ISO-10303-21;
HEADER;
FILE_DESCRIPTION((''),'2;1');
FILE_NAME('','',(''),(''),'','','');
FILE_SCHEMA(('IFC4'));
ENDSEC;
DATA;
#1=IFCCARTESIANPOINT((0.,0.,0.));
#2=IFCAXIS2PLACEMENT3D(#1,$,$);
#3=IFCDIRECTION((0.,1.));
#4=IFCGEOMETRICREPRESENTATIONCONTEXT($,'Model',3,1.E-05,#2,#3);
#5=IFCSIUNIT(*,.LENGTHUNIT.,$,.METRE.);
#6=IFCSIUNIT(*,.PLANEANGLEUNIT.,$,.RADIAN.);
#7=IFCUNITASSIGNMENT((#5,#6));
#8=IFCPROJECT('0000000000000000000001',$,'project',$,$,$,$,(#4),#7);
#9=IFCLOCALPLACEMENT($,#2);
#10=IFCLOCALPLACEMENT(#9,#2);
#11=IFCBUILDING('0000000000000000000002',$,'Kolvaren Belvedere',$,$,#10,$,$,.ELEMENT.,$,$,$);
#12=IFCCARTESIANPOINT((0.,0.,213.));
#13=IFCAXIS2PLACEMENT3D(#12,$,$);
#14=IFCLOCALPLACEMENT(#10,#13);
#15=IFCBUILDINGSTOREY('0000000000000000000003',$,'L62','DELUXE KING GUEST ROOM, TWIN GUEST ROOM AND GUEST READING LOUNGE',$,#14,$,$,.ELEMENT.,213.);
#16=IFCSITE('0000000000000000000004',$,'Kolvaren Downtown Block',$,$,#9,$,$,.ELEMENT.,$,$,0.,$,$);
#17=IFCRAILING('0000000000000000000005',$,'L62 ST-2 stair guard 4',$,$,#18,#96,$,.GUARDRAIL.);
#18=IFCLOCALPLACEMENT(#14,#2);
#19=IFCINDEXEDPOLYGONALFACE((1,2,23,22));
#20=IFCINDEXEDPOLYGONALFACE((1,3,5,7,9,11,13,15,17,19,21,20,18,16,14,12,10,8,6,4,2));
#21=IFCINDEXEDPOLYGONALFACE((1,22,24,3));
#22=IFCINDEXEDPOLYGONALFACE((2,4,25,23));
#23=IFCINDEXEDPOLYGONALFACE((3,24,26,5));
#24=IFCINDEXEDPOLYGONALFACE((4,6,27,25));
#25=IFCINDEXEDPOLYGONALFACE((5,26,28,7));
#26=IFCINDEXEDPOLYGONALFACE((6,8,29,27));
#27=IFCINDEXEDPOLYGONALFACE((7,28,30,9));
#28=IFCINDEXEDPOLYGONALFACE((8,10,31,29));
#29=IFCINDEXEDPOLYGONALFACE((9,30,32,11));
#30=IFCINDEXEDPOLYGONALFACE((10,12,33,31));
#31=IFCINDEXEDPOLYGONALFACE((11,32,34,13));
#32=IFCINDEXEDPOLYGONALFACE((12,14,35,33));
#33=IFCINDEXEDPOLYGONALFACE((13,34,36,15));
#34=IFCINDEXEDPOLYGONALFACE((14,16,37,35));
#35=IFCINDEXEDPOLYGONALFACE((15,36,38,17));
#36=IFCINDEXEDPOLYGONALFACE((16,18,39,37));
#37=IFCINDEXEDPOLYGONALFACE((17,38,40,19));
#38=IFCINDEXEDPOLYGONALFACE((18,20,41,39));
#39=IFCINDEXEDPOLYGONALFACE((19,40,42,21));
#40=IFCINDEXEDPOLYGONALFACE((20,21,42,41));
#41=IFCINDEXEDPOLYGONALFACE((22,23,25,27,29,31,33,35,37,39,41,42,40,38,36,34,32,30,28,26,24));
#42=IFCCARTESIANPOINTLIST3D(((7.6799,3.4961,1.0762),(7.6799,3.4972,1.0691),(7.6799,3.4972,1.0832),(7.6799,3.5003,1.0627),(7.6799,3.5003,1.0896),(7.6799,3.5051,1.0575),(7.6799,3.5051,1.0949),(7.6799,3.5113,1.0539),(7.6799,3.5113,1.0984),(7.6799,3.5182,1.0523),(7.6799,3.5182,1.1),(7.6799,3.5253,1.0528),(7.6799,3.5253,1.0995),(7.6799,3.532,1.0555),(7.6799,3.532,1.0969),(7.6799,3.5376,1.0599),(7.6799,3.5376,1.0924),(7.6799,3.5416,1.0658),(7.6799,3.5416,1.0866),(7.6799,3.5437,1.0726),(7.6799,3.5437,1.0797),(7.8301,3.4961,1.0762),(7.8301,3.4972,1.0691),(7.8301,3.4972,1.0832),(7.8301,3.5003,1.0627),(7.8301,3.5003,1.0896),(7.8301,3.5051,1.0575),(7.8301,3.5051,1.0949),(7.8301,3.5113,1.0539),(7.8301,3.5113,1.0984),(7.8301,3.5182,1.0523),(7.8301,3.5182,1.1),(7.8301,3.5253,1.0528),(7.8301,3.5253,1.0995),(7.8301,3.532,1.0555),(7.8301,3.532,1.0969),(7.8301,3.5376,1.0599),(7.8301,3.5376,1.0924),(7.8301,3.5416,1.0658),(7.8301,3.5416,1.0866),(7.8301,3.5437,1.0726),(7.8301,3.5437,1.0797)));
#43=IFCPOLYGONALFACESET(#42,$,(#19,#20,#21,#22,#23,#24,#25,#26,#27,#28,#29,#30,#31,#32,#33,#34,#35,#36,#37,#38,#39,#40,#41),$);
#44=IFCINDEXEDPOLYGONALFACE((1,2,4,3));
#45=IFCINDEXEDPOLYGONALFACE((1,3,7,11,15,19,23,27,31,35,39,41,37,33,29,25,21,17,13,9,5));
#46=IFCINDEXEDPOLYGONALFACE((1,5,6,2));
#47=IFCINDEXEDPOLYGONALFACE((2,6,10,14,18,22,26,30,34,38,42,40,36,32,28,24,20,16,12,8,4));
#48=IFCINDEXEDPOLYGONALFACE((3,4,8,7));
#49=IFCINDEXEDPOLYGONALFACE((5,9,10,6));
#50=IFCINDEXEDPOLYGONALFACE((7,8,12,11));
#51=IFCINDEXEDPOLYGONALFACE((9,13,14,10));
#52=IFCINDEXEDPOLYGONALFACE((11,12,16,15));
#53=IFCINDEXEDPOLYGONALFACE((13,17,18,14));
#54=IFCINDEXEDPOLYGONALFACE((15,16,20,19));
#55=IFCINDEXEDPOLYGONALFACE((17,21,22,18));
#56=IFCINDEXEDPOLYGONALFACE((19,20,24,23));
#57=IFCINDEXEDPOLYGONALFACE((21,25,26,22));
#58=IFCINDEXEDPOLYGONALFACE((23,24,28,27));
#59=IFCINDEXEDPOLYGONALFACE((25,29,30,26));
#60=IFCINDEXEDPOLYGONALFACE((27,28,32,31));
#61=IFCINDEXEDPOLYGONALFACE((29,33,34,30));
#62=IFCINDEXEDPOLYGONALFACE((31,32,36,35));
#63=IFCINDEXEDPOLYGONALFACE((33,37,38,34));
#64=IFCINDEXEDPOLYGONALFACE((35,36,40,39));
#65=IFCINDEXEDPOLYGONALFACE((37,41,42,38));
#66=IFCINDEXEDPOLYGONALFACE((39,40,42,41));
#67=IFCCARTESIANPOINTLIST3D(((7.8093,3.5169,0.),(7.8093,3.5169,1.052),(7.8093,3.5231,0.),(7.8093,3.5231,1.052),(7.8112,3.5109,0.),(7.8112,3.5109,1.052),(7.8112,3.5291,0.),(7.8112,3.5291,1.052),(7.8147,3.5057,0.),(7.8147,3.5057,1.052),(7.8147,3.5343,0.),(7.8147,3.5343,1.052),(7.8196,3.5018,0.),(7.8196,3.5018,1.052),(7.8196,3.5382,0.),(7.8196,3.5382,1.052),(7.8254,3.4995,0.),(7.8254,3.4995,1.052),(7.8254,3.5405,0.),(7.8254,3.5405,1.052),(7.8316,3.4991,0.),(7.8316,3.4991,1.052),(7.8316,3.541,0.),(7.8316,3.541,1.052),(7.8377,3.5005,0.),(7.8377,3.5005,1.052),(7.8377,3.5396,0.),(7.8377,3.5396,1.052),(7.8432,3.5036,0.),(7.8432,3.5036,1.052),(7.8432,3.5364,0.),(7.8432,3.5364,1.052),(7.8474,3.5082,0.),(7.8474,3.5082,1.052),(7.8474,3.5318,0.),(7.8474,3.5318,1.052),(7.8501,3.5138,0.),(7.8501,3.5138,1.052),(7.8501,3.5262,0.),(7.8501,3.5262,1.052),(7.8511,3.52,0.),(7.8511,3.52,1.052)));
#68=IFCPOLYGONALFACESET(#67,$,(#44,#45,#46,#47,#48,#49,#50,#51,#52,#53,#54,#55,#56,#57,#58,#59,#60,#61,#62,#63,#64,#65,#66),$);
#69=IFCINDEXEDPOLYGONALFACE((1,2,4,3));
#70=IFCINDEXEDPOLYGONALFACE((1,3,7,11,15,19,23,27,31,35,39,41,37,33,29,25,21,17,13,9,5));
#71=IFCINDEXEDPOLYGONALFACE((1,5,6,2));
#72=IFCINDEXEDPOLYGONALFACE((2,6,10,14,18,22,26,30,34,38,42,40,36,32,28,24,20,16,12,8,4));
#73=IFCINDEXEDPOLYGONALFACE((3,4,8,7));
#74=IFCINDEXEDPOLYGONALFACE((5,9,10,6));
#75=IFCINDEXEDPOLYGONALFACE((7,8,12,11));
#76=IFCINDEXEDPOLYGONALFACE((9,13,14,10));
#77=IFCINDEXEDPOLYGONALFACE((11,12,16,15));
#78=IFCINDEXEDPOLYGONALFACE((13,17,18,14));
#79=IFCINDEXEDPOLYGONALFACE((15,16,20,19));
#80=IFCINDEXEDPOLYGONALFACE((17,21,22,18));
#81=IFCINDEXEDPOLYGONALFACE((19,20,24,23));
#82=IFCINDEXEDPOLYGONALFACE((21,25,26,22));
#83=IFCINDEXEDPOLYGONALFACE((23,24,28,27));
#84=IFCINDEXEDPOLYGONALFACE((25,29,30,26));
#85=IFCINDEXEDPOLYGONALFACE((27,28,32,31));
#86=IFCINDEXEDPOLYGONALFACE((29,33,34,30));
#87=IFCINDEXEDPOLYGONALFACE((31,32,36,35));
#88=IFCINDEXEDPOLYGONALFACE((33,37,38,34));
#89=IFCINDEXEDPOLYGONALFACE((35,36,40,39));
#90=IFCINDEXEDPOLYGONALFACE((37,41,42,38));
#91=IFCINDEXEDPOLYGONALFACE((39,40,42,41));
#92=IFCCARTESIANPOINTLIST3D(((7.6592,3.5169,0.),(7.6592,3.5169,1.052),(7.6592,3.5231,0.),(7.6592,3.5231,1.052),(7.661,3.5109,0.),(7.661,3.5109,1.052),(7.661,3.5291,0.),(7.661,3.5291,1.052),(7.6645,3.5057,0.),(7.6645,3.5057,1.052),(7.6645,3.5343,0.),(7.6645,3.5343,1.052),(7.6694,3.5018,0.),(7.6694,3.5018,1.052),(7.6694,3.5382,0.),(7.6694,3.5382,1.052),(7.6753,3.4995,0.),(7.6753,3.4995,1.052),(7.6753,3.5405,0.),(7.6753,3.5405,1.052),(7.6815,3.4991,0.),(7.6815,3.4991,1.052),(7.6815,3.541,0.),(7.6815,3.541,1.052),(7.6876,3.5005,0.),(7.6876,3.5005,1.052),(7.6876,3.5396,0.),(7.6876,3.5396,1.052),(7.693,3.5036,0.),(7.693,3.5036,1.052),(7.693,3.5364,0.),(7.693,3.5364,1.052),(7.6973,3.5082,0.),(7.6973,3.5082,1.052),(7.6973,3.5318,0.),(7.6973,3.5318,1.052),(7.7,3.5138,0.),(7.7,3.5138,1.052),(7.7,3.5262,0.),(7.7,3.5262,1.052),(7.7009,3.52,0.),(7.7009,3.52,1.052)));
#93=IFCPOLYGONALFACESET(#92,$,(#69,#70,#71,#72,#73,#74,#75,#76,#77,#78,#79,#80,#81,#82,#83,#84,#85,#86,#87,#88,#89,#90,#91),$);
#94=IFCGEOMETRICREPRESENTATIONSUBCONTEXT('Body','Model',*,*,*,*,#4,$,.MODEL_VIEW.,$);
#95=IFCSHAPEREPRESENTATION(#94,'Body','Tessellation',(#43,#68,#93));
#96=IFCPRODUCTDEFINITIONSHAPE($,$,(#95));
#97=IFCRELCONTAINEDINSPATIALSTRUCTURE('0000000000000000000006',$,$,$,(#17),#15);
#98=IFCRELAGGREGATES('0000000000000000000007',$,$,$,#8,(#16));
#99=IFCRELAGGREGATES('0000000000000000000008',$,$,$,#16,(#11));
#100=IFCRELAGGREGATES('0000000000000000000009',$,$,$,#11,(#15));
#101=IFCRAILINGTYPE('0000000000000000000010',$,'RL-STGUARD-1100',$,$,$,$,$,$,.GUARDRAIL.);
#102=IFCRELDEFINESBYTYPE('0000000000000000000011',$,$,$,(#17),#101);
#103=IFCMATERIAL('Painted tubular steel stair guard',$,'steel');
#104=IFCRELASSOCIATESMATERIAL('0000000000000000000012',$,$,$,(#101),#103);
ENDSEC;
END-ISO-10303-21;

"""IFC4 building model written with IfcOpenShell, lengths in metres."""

from ifc_helpers import new_model, si_unit, direction, frame, origin, origin_2d, place, context, subcontext, project, spatial, circle, extrude, material, type_object, element, save


model = new_model("IFC4")

# Units and contexts
model_context = context("Model", 3, precision=1e-05, world=origin(), true_north=direction((0.0, 1.0)))
body_context = subcontext(model_context, "Body", "Model", "MODEL_VIEW")
ifc_project = project(units=[si_unit("LENGTHUNIT", "METRE"), si_unit("PLANEANGLEUNIT", "RADIAN")], contexts=[model_context])

# Site, building, storey
site_placement = place(None, origin())
site = spatial("IfcSite", under=ifc_project, at=site_placement, Name="Kolvaren Downtown Block", CompositionType="ELEMENT", RefElevation=0.0)
building_placement = place(site_placement, origin())
building = spatial("IfcBuilding", under=site, at=building_placement, Name="Kolvaren Belvedere", CompositionType="ELEMENT")
storey_placement = place(building_placement, frame((0.0, 0.0, 213.0)))
storey = spatial("IfcBuildingStorey", under=building, at=storey_placement, Name="L62", Description="DELUXE KING GUEST ROOM, TWIN GUEST ROOM AND GUEST READING LOUNGE", CompositionType="ELEMENT", Elevation=213.0)

# Railing
ifc_material_1 = material(Name="Painted tubular steel stair guard", Category="steel")
railing_type_1 = type_object("IfcRailingType", Name="RL-STGUARD-1100", PredefinedType="GUARDRAIL", material=ifc_material_1)
railing_1_placement = place(storey_placement, frame((7.8301, 3.52, 0.0)))
element("IfcRailing", 1, at=railing_1_placement, inside=storey, type_object=railing_type_1, Name="L62 ST-2 stair guard 4", PredefinedType="GUARDRAIL", context=body_context, shape_type="SweptSolid", body=[
    extrude(circle(Radius=0.0239, at=origin_2d()), frame((0.0, 0.0, 1.0762), z_axis=(-1.0, 0.0, 0.0), x_axis=(0.0, -1.0, 0.0)), (0.0, 0.0, 1.0), 0.1501),
    extrude(circle(Radius=0.021, at=origin_2d()), origin(), (0.0, 0.0, 1.0), 1.052),
    extrude(circle(Radius=0.021, at=origin_2d()), frame((-0.1501, 0.0, 0.0)), (0.0, 0.0, 1.0), 1.052),
])

save(model, "model.ifc")
